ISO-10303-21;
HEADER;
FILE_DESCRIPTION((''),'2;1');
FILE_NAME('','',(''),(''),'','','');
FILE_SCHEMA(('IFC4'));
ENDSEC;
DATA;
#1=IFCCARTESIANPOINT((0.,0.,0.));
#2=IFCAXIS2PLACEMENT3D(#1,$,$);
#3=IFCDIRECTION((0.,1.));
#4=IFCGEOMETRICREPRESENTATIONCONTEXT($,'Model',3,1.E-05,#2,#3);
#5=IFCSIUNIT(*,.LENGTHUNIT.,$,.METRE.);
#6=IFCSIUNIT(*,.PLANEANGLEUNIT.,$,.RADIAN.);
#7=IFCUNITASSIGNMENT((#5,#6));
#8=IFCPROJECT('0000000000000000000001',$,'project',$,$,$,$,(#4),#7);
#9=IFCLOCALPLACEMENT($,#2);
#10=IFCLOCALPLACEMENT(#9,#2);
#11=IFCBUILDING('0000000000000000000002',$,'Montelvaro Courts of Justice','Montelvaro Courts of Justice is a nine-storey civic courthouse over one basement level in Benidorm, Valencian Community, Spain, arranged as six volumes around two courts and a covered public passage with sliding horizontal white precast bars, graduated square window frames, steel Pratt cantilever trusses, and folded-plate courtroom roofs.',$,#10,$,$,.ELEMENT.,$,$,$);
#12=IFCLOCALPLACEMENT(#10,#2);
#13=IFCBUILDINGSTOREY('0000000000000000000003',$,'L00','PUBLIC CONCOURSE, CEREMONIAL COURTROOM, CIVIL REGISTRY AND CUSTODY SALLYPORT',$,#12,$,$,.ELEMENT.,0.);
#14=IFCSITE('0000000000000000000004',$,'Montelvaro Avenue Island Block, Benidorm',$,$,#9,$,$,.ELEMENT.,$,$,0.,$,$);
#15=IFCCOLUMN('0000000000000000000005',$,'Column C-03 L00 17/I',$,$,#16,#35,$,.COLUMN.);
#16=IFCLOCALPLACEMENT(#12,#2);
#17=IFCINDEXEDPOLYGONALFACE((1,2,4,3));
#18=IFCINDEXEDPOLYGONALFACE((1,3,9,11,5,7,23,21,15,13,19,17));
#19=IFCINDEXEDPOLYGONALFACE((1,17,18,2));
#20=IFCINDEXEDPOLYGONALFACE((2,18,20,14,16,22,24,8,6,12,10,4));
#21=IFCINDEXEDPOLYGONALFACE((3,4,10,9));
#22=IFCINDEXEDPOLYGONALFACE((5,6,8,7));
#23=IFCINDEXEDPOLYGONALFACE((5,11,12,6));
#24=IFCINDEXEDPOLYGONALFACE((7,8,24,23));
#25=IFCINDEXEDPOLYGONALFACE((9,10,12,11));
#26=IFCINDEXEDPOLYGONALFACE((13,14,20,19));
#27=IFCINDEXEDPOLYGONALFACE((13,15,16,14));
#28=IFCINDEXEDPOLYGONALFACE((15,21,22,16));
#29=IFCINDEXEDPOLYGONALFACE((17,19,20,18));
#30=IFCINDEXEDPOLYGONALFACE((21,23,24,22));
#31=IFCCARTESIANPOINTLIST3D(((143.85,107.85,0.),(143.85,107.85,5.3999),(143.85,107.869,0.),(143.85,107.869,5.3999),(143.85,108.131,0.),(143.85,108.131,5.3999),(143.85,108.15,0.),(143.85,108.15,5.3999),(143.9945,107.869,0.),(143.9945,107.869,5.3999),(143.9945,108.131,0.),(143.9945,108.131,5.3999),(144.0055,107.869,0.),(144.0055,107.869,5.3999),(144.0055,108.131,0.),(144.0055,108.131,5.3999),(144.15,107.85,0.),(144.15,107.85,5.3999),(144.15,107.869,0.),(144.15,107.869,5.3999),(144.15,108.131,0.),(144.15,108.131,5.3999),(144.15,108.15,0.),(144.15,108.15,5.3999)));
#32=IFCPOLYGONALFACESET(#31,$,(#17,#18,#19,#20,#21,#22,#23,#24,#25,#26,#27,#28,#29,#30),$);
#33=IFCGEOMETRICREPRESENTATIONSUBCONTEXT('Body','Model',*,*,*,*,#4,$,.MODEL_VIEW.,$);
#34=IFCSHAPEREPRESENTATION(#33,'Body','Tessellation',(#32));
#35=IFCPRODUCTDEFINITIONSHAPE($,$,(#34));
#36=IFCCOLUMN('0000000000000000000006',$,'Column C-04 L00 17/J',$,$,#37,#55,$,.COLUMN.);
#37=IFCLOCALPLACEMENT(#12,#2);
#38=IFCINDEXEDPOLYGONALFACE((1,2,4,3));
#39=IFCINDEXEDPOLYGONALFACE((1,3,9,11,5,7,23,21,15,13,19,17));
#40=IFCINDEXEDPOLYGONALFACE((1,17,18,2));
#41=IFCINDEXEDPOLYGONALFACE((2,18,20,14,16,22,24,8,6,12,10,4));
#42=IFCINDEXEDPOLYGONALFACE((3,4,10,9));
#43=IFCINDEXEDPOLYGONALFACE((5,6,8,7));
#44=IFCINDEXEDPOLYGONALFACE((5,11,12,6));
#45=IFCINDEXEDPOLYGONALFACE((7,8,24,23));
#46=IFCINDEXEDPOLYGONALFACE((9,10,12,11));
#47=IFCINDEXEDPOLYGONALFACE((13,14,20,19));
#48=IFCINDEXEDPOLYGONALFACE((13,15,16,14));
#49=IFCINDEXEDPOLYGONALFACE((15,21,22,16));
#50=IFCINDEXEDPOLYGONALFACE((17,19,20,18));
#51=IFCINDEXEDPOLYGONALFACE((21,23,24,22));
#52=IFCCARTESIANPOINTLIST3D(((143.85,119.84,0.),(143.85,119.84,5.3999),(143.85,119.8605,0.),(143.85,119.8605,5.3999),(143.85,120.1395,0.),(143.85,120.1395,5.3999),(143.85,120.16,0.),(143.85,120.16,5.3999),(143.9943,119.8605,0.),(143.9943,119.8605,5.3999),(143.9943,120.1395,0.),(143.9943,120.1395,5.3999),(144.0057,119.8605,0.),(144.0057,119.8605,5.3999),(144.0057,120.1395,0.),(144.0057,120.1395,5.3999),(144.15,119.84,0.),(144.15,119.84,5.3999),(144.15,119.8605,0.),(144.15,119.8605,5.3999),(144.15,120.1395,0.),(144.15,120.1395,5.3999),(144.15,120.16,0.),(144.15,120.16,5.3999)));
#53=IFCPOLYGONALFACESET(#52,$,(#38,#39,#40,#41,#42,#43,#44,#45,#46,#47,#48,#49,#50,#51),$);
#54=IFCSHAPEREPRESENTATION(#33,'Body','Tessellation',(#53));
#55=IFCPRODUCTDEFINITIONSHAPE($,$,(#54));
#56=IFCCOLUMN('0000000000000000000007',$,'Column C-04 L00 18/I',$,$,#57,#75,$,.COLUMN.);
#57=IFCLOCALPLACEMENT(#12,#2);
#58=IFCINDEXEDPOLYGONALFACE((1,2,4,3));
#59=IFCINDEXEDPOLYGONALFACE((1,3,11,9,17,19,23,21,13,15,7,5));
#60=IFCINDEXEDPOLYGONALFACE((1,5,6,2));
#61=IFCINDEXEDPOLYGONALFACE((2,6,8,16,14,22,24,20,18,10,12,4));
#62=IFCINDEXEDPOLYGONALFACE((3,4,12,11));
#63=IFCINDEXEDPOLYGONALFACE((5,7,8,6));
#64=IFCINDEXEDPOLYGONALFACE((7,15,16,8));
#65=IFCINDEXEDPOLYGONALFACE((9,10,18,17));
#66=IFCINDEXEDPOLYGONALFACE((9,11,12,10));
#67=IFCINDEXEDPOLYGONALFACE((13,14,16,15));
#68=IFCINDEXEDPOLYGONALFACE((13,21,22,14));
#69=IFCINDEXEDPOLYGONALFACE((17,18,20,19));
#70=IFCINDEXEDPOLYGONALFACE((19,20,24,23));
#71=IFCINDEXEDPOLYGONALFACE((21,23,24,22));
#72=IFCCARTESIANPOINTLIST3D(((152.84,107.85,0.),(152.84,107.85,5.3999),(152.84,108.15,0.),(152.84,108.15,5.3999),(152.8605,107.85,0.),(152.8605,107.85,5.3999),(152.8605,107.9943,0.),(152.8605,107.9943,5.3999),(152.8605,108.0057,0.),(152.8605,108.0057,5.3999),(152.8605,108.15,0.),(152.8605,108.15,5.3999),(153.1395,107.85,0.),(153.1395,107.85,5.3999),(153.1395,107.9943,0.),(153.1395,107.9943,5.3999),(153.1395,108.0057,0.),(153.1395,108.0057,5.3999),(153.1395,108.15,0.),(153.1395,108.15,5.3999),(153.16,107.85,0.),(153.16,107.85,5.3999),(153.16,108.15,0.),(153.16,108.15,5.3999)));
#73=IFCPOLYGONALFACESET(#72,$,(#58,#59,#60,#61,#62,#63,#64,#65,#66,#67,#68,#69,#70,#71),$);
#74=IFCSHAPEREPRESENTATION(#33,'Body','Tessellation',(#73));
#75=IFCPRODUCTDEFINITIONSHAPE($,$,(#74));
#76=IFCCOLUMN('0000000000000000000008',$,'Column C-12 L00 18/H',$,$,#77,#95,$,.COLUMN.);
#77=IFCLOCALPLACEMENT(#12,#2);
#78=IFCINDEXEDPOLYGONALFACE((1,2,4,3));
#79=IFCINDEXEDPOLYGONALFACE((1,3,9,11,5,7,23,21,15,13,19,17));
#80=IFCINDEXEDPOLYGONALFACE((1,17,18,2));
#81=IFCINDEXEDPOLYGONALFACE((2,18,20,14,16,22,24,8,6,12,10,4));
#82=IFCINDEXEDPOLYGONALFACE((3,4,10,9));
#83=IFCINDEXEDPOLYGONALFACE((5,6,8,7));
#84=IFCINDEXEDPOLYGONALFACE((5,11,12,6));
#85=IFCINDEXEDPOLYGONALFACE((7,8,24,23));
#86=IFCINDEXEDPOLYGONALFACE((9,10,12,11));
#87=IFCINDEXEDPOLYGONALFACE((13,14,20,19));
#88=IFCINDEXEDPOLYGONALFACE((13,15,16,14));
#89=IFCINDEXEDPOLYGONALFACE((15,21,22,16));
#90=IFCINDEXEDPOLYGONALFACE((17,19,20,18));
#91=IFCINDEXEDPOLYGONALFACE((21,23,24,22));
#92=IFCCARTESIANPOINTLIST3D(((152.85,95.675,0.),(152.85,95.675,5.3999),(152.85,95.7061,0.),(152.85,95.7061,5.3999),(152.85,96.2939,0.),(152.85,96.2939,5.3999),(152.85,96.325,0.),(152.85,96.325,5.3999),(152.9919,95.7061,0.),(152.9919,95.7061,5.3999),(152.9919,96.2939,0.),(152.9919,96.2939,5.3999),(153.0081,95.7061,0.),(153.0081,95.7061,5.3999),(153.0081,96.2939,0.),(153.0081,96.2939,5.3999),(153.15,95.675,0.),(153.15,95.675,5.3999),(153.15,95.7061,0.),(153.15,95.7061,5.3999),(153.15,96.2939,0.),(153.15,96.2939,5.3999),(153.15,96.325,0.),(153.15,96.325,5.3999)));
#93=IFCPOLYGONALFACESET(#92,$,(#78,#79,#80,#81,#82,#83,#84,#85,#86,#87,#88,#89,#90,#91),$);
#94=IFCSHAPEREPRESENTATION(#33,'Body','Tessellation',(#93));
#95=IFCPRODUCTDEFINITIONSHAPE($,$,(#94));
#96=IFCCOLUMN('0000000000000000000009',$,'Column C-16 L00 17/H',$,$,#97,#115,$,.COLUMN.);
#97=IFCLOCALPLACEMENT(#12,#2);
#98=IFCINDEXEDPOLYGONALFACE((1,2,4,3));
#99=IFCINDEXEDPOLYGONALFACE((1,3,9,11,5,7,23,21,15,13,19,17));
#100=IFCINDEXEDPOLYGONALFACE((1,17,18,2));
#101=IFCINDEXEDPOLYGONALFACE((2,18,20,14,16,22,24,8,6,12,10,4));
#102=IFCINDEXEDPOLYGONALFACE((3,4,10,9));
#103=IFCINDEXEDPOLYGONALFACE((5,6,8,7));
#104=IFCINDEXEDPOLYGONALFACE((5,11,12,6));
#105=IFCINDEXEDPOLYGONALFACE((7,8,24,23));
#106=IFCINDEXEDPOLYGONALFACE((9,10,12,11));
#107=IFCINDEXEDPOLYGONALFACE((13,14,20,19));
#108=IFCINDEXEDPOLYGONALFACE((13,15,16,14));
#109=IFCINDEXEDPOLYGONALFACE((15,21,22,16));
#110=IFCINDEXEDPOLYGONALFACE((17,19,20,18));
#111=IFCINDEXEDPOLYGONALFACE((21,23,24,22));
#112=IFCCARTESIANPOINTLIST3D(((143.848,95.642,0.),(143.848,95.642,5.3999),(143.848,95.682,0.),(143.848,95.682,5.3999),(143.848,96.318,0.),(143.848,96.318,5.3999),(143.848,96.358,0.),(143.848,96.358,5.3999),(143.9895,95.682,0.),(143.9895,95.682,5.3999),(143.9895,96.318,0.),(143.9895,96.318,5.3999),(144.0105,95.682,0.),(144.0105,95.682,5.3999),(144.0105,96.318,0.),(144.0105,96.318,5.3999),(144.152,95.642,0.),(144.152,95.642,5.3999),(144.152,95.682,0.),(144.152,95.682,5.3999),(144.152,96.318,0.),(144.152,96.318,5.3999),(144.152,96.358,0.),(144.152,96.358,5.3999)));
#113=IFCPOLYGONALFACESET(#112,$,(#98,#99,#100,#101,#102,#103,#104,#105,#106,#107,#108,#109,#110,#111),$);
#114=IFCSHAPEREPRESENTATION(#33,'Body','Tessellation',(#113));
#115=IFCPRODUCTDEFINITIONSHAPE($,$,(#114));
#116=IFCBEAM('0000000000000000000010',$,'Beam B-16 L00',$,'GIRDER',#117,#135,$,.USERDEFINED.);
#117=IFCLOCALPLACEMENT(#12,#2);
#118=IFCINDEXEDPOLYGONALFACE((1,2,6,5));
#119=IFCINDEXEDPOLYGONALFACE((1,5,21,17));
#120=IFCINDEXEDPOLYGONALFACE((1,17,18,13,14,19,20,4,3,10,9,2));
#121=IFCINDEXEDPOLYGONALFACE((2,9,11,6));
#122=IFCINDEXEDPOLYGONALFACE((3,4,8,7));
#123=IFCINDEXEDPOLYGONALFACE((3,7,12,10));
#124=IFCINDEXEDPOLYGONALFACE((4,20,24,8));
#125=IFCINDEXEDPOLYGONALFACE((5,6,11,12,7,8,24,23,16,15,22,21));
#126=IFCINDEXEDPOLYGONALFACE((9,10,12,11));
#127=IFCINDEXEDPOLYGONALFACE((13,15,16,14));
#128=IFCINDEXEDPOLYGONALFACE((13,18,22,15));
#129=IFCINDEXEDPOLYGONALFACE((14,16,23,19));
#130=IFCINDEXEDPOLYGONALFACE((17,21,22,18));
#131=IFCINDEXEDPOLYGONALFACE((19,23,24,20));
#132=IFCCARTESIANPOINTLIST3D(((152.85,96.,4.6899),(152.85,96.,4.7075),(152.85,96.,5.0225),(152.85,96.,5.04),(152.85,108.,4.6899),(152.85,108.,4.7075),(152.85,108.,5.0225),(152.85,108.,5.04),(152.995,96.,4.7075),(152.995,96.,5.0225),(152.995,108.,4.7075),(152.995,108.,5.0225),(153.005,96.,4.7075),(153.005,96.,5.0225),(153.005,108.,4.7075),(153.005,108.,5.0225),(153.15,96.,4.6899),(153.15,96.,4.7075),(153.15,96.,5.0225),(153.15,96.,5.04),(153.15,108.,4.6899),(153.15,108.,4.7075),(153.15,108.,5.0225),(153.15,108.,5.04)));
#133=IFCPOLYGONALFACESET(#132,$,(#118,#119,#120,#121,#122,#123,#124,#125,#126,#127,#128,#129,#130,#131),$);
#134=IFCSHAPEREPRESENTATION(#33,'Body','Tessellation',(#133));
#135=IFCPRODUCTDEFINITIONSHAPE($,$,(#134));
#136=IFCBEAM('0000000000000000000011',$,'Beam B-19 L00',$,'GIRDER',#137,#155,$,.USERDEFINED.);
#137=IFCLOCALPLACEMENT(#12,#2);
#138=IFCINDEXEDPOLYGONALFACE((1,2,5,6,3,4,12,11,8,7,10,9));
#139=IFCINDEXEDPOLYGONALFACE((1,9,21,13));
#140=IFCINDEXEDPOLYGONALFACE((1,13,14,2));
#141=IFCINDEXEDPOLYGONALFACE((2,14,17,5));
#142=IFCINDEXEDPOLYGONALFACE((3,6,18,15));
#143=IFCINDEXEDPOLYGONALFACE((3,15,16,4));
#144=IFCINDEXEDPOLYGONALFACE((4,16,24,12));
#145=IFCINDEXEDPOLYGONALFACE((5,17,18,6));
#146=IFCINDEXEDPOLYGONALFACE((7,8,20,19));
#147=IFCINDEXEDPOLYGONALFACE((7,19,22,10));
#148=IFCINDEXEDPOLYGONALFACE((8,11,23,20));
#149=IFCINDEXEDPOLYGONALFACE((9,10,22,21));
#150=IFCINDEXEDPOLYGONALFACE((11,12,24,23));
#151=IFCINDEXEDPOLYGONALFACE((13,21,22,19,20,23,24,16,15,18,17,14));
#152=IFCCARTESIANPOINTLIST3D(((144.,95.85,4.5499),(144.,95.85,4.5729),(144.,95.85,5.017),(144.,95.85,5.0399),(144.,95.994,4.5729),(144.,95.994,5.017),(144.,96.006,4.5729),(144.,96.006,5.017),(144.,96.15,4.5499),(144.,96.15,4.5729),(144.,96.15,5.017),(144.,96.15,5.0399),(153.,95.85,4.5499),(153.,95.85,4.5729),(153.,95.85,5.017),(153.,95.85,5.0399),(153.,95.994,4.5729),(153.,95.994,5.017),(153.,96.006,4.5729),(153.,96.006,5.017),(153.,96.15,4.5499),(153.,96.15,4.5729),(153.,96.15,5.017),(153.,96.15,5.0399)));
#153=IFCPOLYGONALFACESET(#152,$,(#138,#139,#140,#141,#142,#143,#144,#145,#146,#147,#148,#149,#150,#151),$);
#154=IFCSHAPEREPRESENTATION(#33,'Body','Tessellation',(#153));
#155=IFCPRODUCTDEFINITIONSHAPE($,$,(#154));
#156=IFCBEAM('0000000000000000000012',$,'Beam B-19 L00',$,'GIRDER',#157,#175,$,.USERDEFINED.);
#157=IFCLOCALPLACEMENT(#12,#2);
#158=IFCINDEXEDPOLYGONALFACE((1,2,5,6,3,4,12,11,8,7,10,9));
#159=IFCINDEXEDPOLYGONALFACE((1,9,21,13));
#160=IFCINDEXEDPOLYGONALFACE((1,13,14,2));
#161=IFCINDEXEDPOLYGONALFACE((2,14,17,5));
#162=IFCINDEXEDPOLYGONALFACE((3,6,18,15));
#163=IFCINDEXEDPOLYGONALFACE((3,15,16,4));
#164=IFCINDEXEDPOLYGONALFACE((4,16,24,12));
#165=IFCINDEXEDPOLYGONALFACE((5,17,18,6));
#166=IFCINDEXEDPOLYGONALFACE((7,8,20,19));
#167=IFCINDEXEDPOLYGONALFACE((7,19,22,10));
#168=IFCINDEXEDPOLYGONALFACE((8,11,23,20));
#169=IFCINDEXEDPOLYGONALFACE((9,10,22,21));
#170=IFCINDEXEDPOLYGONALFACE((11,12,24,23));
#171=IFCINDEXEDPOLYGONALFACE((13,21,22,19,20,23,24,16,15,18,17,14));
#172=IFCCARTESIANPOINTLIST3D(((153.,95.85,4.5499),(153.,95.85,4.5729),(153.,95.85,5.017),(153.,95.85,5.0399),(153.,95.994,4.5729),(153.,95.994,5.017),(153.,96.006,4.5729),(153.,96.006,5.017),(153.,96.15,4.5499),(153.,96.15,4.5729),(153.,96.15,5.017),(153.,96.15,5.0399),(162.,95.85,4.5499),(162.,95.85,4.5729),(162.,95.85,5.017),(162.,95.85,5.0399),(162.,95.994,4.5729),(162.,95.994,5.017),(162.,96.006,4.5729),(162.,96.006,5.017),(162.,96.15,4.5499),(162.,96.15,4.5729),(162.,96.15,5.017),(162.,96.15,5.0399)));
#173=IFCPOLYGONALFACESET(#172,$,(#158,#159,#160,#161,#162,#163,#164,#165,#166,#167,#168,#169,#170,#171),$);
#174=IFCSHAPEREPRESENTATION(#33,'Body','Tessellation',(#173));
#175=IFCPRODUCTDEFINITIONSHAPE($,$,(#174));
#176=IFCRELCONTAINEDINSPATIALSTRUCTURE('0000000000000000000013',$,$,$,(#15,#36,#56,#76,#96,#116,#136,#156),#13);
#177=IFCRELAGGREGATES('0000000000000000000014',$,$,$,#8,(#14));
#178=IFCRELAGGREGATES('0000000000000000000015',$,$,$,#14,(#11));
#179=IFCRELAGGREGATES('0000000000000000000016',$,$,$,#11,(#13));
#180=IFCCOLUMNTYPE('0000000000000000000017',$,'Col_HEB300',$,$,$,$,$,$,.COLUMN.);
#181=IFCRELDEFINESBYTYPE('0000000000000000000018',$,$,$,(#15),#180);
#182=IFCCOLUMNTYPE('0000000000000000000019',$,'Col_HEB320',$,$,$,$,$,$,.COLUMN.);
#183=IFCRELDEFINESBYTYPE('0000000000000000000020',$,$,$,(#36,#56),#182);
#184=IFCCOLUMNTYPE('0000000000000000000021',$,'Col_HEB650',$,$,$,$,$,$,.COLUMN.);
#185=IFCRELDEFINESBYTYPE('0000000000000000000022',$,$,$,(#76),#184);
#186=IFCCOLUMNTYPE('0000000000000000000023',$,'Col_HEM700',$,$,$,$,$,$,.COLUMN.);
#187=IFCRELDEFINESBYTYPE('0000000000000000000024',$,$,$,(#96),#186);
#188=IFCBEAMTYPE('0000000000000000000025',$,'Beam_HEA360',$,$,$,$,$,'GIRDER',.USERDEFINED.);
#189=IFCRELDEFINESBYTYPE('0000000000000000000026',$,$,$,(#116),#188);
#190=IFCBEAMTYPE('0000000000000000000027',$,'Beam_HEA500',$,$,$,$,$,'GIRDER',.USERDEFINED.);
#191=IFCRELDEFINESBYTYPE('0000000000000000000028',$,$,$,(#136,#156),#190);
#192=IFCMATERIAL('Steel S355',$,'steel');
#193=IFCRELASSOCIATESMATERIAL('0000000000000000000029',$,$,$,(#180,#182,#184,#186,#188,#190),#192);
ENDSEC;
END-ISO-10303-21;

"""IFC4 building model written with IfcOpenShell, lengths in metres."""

from ifc_helpers import new_model, si_unit, direction, frame, origin, origin_2d, place, context, subcontext, project, spatial, i_section, extrude, material, material_profile, profile_set, type_object, element, save


model = new_model("IFC4")

# Units and contexts
model_context = context("Model", 3, precision=1e-05, world=origin(), true_north=direction((0.0, 1.0)))
body_context = subcontext(model_context, "Body", "Model", "MODEL_VIEW")
ifc_project = project(units=[si_unit("LENGTHUNIT", "METRE"), si_unit("PLANEANGLEUNIT", "RADIAN")], contexts=[model_context])

# Site, building, storey
site_placement = place(None, origin())
site = spatial("IfcSite", under=ifc_project, at=site_placement, Name="Montelvaro Avenue Island Block, Benidorm", CompositionType="ELEMENT", RefElevation=0.0)
building_placement = place(site_placement, origin())
building = spatial("IfcBuilding", under=site, at=building_placement, Name="Montelvaro Courts of Justice", Description="Montelvaro Courts of Justice is a nine-storey civic courthouse over one basement level in Benidorm, Valencian Community, Spain, arranged as six volumes around two courts and a covered public passage with sliding horizontal white precast bars, graduated square window frames, steel Pratt cantilever trusses, and folded-plate courtroom roofs.", CompositionType="ELEMENT")
storey_placement = place(building_placement, origin())
storey = spatial("IfcBuildingStorey", under=building, at=storey_placement, Name="L00", Description="PUBLIC CONCOURSE, CEREMONIAL COURTROOM, CIVIL REGISTRY AND CUSTODY SALLYPORT", CompositionType="ELEMENT", Elevation=0.0)

# Columns
ifc_material_1 = material(Name="Steel S355", Category="steel")
ifc_material_profile_1 = material_profile(ifc_material_1, i_section(OverallWidth=0.3, OverallDepth=0.3, WebThickness=0.011, FlangeThickness=0.019, at=origin_2d()), Name="HEB 300")
ifc_profile_set_1 = profile_set([ifc_material_profile_1], Name="Steel S355")
column_type_1 = type_object("IfcColumnType", Name="Col_HEB300", PredefinedType="COLUMN", material=ifc_profile_set_1)
column_1_placement = place(storey_placement, frame((144.0, 108.0, 0.0), z_axis=(0.0, 0.0, 1.0), x_axis=(1.0, 0.0, 0.0)))
element("IfcColumn", 1, at=column_1_placement, inside=storey, type_object=column_type_1, Name="Column C-03 L00 17/I", PredefinedType="COLUMN", context=body_context, shape_type="SweptSolid", body=[
    extrude(i_section(OverallWidth=0.3, OverallDepth=0.3, WebThickness=0.011, FlangeThickness=0.019, at=origin_2d()), origin(), (0.0, 0.0, 1.0), 5.3999),
])
ifc_material_profile_2 = material_profile(ifc_material_1, i_section(OverallWidth=0.3, OverallDepth=0.3201, WebThickness=0.0115, FlangeThickness=0.0205, at=origin_2d()), Name="HEB 320")
ifc_profile_set_2 = profile_set([ifc_material_profile_2], Name="Steel S355")
column_type_2 = type_object("IfcColumnType", Name="Col_HEB320", PredefinedType="COLUMN", material=ifc_profile_set_2)
for number, where, z_axis, x_axis, name in (
    (2, (144.0, 120.0, 0.0), (0.0, 0.0, 1.0), (1.0, 0.0, 0.0), "Column C-04 L00 17/J"),
    (3, (153.0, 108.0, 0.0), (0.0, 0.0, 1.0), (0.0, 1.0, 0.0), "Column C-04 L00 18/I"),
):
    element("IfcColumn", number, at=place(storey_placement, frame(where, z_axis=z_axis, x_axis=x_axis)), inside=storey, type_object=column_type_2, Name=name, PredefinedType="COLUMN", context=body_context, shape_type="SweptSolid", body=[
        extrude(i_section(OverallWidth=0.3, OverallDepth=0.3201, WebThickness=0.0115, FlangeThickness=0.0205, at=origin_2d()), origin(), (0.0, 0.0, 1.0), 5.3999),
    ])
ifc_material_profile_3 = material_profile(ifc_material_1, i_section(OverallWidth=0.3, OverallDepth=0.6499, WebThickness=0.0161, FlangeThickness=0.031, at=origin_2d()), Name="HEB 650")
ifc_profile_set_3 = profile_set([ifc_material_profile_3], Name="Steel S355")
column_type_3 = type_object("IfcColumnType", Name="Col_HEB650", PredefinedType="COLUMN", material=ifc_profile_set_3)
column_2_placement = place(storey_placement, frame((153.0, 96.0, 0.0), z_axis=(0.0, 0.0, 1.0), x_axis=(1.0, 0.0, 0.0)))
element("IfcColumn", 4, at=column_2_placement, inside=storey, type_object=column_type_3, Name="Column C-12 L00 18/H", PredefinedType="COLUMN", context=body_context, shape_type="SweptSolid", body=[
    extrude(i_section(OverallWidth=0.3, OverallDepth=0.6499, WebThickness=0.0161, FlangeThickness=0.031, at=origin_2d()), origin(), (0.0, 0.0, 1.0), 5.3999),
])
ifc_material_profile_4 = material_profile(ifc_material_1, i_section(OverallWidth=0.304, OverallDepth=0.7161, WebThickness=0.021, FlangeThickness=0.04, at=origin_2d()), Name="HEM 700")
ifc_profile_set_4 = profile_set([ifc_material_profile_4], Name="Steel S355")
column_type_4 = type_object("IfcColumnType", Name="Col_HEM700", PredefinedType="COLUMN", material=ifc_profile_set_4)
column_3_placement = place(storey_placement, frame((144.0, 96.0, 0.0), z_axis=(0.0, 0.0, 1.0), x_axis=(1.0, 0.0, 0.0)))
element("IfcColumn", 5, at=column_3_placement, inside=storey, type_object=column_type_4, Name="Column C-16 L00 17/H", PredefinedType="COLUMN", context=body_context, shape_type="SweptSolid", body=[
    extrude(i_section(OverallWidth=0.304, OverallDepth=0.7161, WebThickness=0.021, FlangeThickness=0.04, at=origin_2d()), origin(), (0.0, 0.0, 1.0), 5.3999),
])

# Beams
ifc_material_profile_5 = material_profile(ifc_material_1, i_section(OverallWidth=0.3, OverallDepth=0.3501, WebThickness=0.01, FlangeThickness=0.0176, at=origin_2d()), Name="HEA 360")
ifc_profile_set_5 = profile_set([ifc_material_profile_5], Name="Steel S355")
beam_type_1 = type_object("IfcBeamType", Name="Beam_HEA360", ElementType="GIRDER", PredefinedType="USERDEFINED", material=ifc_profile_set_5)
beam_1_placement = place(storey_placement, frame((153.0, 96.0, 4.865), z_axis=(0.0, 1.0, 0.0), x_axis=(-1.0, 0.0, 0.0)))
element("IfcBeam", 6, at=beam_1_placement, inside=storey, type_object=beam_type_1, Name="Beam B-16 L00", ObjectType="GIRDER", PredefinedType="USERDEFINED", context=body_context, shape_type="SweptSolid", body=[
    extrude(i_section(OverallWidth=0.3, OverallDepth=0.3501, WebThickness=0.01, FlangeThickness=0.0176, at=origin_2d()), origin(), (0.0, 0.0, 1.0), 12.0),
])
ifc_material_profile_6 = material_profile(ifc_material_1, i_section(OverallWidth=0.3, OverallDepth=0.49, WebThickness=0.012, FlangeThickness=0.0229, at=origin_2d()), Name="HEA 500")
ifc_profile_set_6 = profile_set([ifc_material_profile_6], Name="Steel S355")
beam_type_2 = type_object("IfcBeamType", Name="Beam_HEA500", ElementType="GIRDER", PredefinedType="USERDEFINED", material=ifc_profile_set_6)
for number, where, z_axis, x_axis, name in (
    (7, (144.0, 96.0, 4.7949), (1.0, 0.0, 0.0), (0.0, 1.0, 0.0), "Beam B-19 L00"),
    (8, (153.0, 96.0, 4.7949), (1.0, 0.0, 0.0), (0.0, 1.0, 0.0), "Beam B-19 L00"),
):
    element("IfcBeam", number, at=place(storey_placement, frame(where, z_axis=z_axis, x_axis=x_axis)), inside=storey, type_object=beam_type_2, Name=name, ObjectType="GIRDER", PredefinedType="USERDEFINED", context=body_context, shape_type="SweptSolid", body=[
        extrude(i_section(OverallWidth=0.3, OverallDepth=0.49, WebThickness=0.012, FlangeThickness=0.0229, at=origin_2d()), origin(), (0.0, 0.0, 1.0), 9.0),
    ])

save(model, "model.ifc")
